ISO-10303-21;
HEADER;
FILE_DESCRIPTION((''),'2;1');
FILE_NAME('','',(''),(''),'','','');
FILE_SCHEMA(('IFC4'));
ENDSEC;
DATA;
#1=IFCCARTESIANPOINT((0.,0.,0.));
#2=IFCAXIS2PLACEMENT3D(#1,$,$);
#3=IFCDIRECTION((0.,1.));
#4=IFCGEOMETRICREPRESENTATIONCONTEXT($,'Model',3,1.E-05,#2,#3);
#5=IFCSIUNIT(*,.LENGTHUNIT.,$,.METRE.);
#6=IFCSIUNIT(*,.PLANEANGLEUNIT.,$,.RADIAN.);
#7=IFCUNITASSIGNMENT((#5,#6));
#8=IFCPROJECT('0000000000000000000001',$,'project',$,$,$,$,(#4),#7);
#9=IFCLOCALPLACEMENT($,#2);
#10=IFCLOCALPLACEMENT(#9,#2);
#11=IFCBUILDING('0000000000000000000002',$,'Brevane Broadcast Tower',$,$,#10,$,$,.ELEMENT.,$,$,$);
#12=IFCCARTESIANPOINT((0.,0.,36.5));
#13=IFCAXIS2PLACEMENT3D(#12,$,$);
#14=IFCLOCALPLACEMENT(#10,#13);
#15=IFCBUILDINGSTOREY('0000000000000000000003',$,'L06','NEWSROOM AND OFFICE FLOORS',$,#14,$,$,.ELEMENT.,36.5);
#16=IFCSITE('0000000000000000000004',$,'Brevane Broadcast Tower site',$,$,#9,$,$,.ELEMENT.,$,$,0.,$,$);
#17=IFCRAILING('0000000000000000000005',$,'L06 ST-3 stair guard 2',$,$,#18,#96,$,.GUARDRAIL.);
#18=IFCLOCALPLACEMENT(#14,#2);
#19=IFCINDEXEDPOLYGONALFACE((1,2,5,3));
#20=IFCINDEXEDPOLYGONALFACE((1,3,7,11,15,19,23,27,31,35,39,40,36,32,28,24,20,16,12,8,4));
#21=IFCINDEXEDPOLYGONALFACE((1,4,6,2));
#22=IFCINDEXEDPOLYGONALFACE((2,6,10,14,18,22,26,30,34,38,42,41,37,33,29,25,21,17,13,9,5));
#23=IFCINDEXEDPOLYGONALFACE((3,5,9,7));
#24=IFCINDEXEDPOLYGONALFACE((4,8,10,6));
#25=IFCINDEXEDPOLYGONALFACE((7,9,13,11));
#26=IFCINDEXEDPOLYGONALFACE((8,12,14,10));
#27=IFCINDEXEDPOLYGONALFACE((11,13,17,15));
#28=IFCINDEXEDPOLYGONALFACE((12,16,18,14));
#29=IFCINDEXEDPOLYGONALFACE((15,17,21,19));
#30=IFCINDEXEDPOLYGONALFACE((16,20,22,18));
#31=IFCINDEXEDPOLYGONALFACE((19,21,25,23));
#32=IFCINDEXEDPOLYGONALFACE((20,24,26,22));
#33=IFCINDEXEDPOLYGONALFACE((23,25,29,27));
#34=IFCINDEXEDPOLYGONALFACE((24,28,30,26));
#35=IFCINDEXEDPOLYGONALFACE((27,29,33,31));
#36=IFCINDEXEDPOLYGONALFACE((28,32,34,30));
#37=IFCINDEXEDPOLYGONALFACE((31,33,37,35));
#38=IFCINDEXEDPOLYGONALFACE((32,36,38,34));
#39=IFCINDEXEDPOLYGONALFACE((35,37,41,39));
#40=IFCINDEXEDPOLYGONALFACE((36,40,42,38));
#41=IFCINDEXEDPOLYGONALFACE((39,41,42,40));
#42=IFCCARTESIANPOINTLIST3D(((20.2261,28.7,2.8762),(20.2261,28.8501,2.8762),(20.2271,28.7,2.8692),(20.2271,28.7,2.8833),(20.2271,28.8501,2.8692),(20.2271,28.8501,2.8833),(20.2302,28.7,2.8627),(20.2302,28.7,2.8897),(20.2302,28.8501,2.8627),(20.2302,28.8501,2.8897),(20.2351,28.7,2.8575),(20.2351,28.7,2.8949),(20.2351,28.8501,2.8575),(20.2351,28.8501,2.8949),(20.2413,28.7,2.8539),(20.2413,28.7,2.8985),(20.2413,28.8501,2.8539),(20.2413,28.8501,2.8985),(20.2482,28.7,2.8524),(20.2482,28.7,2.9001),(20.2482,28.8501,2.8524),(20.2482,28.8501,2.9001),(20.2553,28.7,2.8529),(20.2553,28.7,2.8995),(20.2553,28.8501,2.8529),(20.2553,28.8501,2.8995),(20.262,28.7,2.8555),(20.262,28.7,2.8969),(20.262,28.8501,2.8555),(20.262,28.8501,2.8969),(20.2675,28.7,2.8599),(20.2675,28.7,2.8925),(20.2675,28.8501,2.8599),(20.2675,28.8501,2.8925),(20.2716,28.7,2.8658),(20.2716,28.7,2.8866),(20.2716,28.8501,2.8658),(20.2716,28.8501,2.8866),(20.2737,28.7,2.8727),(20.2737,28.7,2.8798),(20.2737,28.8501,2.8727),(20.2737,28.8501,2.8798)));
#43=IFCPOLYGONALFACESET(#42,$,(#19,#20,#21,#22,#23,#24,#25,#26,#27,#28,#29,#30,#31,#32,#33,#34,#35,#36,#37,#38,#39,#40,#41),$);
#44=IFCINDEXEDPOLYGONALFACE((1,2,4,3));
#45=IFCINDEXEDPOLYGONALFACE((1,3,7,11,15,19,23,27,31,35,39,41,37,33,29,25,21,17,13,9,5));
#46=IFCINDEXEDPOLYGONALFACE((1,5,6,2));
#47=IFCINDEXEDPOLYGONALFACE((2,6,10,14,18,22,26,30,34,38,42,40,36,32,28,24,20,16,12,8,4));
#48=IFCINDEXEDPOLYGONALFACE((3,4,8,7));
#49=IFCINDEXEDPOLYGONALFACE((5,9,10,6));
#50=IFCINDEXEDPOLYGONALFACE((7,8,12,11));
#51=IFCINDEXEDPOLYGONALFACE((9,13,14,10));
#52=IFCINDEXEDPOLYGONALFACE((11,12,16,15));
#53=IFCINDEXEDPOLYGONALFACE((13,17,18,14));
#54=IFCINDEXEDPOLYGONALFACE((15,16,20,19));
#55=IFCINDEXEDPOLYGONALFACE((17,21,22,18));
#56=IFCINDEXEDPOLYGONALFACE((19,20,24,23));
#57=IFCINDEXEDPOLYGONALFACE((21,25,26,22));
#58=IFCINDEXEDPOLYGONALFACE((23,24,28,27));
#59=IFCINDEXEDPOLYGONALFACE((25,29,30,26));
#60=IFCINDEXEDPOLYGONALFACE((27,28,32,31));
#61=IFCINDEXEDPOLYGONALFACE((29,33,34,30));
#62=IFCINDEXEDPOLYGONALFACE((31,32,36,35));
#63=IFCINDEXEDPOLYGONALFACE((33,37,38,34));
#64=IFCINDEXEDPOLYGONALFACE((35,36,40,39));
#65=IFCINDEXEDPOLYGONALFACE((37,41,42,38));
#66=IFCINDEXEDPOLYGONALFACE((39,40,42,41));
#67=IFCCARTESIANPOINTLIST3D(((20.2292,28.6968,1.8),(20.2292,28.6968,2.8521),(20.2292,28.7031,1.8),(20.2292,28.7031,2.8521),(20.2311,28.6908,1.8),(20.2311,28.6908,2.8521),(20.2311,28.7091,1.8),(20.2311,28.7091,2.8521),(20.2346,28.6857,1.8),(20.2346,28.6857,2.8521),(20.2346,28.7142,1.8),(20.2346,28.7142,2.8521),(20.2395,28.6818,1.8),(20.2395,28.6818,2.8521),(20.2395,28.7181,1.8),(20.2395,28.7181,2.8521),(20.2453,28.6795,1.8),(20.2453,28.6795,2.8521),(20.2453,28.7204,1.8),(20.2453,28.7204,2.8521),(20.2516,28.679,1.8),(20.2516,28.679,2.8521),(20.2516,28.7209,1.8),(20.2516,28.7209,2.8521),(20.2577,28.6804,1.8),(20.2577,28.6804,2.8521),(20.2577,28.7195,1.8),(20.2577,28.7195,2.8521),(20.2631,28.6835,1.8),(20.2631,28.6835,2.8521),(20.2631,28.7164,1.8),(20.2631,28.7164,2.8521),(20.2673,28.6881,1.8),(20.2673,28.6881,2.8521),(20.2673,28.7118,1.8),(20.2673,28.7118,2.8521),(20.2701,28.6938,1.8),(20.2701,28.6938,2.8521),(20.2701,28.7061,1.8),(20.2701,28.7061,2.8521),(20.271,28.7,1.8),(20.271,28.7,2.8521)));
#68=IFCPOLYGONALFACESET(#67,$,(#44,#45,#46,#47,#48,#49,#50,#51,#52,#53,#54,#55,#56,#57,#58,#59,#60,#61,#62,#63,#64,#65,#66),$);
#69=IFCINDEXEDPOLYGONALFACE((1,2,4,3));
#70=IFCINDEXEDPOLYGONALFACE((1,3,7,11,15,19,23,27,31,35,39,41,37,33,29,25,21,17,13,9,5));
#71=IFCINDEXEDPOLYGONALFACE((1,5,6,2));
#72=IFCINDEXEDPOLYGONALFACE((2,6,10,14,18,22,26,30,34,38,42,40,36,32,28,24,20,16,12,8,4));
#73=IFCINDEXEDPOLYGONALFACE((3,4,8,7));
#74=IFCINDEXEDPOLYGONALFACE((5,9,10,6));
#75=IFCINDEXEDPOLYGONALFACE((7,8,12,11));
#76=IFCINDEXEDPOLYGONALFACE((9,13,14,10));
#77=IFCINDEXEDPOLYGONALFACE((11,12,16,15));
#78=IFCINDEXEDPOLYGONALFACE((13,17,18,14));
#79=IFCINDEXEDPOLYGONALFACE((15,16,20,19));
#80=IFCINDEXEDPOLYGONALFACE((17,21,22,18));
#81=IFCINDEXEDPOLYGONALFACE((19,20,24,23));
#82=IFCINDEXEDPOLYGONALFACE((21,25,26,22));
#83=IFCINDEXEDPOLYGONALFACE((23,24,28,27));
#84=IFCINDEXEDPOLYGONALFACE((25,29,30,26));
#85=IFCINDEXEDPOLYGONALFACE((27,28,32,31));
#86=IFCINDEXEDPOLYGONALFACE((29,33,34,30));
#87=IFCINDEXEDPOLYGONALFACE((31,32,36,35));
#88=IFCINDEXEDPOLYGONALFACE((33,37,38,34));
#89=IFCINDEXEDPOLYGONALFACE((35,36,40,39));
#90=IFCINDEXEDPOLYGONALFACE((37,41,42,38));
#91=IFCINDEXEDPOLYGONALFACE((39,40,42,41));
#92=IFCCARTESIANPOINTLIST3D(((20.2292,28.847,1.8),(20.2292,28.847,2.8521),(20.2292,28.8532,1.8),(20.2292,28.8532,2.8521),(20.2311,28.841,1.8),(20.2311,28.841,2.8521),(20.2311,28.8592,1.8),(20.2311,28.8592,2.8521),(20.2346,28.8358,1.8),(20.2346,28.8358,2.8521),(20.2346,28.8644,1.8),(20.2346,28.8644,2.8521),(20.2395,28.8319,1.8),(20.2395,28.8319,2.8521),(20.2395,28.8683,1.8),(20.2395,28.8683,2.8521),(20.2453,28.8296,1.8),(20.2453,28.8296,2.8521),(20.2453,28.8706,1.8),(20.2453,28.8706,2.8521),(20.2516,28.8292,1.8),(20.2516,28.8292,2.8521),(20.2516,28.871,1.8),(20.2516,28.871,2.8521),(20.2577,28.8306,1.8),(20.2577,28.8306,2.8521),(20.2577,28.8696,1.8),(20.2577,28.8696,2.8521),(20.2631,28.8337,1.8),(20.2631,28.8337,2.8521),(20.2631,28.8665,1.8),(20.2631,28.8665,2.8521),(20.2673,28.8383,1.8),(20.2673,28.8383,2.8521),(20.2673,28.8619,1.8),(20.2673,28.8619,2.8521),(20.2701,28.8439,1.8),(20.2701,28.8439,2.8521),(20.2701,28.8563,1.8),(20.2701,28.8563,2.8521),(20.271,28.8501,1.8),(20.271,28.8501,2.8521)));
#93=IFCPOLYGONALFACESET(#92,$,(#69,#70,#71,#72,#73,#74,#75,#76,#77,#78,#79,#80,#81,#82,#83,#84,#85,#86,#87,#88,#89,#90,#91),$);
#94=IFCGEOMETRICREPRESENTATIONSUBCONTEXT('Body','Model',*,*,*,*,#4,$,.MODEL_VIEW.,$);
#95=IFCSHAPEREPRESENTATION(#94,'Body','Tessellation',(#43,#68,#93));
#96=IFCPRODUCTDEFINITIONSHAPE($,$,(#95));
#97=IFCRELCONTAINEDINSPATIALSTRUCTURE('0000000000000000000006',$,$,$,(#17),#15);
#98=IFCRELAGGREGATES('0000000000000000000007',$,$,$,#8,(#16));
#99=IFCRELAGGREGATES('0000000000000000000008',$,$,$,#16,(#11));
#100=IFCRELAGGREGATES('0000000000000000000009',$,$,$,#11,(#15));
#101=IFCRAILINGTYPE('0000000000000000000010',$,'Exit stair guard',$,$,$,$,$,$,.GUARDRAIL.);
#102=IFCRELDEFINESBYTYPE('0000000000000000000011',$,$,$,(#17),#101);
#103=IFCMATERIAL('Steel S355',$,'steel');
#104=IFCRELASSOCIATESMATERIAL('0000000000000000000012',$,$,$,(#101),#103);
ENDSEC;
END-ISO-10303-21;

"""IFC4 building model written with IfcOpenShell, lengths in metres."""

from ifc_helpers import new_model, si_unit, direction, frame, origin, origin_2d, place, context, subcontext, project, spatial, circle, extrude, material, type_object, element, save


model = new_model("IFC4")

# Units and contexts
model_context = context("Model", 3, precision=1e-05, world=origin(), true_north=direction((0.0, 1.0)))
body_context = subcontext(model_context, "Body", "Model", "MODEL_VIEW")
ifc_project = project(units=[si_unit("LENGTHUNIT", "METRE"), si_unit("PLANEANGLEUNIT", "RADIAN")], contexts=[model_context])

# Site, building, storey
site_placement = place(None, origin())
site = spatial("IfcSite", under=ifc_project, at=site_placement, Name="Brevane Broadcast Tower site", CompositionType="ELEMENT", RefElevation=0.0)
building_placement = place(site_placement, origin())
building = spatial("IfcBuilding", under=site, at=building_placement, Name="Brevane Broadcast Tower", CompositionType="ELEMENT")
storey_placement = place(building_placement, frame((0.0, 0.0, 36.5)))
storey = spatial("IfcBuildingStorey", under=building, at=storey_placement, Name="L06", Description="NEWSROOM AND OFFICE FLOORS", CompositionType="ELEMENT", Elevation=36.5)

# Shared definitions
ifc_material_1 = material(Name="Steel S355", Category="steel")

# Railing
railing_type_1 = type_object("IfcRailingType", Name="Exit stair guard", PredefinedType="GUARDRAIL", material=ifc_material_1)
railing_1_placement = place(storey_placement, frame((20.25, 28.7, 1.8)))
element("IfcRailing", 1, at=railing_1_placement, inside=storey, type_object=railing_type_1, Name="L06 ST-3 stair guard 2", PredefinedType="GUARDRAIL", context=body_context, shape_type="SweptSolid", body=[
    extrude(circle(Radius=0.0239, at=origin_2d()), frame((0.0, 0.0, 1.0762), z_axis=(0.0, 1.0, 0.0), x_axis=(-1.0, 0.0, 0.0)), (0.0, 0.0, 1.0), 0.1501),
    extrude(circle(Radius=0.021, at=origin_2d()), origin(), (0.0, 0.0, 1.0), 1.052),
    extrude(circle(Radius=0.021, at=origin_2d()), frame((0.0, 0.1501, 0.0)), (0.0, 0.0, 1.0), 1.052),
])

save(model, "model.ifc")
